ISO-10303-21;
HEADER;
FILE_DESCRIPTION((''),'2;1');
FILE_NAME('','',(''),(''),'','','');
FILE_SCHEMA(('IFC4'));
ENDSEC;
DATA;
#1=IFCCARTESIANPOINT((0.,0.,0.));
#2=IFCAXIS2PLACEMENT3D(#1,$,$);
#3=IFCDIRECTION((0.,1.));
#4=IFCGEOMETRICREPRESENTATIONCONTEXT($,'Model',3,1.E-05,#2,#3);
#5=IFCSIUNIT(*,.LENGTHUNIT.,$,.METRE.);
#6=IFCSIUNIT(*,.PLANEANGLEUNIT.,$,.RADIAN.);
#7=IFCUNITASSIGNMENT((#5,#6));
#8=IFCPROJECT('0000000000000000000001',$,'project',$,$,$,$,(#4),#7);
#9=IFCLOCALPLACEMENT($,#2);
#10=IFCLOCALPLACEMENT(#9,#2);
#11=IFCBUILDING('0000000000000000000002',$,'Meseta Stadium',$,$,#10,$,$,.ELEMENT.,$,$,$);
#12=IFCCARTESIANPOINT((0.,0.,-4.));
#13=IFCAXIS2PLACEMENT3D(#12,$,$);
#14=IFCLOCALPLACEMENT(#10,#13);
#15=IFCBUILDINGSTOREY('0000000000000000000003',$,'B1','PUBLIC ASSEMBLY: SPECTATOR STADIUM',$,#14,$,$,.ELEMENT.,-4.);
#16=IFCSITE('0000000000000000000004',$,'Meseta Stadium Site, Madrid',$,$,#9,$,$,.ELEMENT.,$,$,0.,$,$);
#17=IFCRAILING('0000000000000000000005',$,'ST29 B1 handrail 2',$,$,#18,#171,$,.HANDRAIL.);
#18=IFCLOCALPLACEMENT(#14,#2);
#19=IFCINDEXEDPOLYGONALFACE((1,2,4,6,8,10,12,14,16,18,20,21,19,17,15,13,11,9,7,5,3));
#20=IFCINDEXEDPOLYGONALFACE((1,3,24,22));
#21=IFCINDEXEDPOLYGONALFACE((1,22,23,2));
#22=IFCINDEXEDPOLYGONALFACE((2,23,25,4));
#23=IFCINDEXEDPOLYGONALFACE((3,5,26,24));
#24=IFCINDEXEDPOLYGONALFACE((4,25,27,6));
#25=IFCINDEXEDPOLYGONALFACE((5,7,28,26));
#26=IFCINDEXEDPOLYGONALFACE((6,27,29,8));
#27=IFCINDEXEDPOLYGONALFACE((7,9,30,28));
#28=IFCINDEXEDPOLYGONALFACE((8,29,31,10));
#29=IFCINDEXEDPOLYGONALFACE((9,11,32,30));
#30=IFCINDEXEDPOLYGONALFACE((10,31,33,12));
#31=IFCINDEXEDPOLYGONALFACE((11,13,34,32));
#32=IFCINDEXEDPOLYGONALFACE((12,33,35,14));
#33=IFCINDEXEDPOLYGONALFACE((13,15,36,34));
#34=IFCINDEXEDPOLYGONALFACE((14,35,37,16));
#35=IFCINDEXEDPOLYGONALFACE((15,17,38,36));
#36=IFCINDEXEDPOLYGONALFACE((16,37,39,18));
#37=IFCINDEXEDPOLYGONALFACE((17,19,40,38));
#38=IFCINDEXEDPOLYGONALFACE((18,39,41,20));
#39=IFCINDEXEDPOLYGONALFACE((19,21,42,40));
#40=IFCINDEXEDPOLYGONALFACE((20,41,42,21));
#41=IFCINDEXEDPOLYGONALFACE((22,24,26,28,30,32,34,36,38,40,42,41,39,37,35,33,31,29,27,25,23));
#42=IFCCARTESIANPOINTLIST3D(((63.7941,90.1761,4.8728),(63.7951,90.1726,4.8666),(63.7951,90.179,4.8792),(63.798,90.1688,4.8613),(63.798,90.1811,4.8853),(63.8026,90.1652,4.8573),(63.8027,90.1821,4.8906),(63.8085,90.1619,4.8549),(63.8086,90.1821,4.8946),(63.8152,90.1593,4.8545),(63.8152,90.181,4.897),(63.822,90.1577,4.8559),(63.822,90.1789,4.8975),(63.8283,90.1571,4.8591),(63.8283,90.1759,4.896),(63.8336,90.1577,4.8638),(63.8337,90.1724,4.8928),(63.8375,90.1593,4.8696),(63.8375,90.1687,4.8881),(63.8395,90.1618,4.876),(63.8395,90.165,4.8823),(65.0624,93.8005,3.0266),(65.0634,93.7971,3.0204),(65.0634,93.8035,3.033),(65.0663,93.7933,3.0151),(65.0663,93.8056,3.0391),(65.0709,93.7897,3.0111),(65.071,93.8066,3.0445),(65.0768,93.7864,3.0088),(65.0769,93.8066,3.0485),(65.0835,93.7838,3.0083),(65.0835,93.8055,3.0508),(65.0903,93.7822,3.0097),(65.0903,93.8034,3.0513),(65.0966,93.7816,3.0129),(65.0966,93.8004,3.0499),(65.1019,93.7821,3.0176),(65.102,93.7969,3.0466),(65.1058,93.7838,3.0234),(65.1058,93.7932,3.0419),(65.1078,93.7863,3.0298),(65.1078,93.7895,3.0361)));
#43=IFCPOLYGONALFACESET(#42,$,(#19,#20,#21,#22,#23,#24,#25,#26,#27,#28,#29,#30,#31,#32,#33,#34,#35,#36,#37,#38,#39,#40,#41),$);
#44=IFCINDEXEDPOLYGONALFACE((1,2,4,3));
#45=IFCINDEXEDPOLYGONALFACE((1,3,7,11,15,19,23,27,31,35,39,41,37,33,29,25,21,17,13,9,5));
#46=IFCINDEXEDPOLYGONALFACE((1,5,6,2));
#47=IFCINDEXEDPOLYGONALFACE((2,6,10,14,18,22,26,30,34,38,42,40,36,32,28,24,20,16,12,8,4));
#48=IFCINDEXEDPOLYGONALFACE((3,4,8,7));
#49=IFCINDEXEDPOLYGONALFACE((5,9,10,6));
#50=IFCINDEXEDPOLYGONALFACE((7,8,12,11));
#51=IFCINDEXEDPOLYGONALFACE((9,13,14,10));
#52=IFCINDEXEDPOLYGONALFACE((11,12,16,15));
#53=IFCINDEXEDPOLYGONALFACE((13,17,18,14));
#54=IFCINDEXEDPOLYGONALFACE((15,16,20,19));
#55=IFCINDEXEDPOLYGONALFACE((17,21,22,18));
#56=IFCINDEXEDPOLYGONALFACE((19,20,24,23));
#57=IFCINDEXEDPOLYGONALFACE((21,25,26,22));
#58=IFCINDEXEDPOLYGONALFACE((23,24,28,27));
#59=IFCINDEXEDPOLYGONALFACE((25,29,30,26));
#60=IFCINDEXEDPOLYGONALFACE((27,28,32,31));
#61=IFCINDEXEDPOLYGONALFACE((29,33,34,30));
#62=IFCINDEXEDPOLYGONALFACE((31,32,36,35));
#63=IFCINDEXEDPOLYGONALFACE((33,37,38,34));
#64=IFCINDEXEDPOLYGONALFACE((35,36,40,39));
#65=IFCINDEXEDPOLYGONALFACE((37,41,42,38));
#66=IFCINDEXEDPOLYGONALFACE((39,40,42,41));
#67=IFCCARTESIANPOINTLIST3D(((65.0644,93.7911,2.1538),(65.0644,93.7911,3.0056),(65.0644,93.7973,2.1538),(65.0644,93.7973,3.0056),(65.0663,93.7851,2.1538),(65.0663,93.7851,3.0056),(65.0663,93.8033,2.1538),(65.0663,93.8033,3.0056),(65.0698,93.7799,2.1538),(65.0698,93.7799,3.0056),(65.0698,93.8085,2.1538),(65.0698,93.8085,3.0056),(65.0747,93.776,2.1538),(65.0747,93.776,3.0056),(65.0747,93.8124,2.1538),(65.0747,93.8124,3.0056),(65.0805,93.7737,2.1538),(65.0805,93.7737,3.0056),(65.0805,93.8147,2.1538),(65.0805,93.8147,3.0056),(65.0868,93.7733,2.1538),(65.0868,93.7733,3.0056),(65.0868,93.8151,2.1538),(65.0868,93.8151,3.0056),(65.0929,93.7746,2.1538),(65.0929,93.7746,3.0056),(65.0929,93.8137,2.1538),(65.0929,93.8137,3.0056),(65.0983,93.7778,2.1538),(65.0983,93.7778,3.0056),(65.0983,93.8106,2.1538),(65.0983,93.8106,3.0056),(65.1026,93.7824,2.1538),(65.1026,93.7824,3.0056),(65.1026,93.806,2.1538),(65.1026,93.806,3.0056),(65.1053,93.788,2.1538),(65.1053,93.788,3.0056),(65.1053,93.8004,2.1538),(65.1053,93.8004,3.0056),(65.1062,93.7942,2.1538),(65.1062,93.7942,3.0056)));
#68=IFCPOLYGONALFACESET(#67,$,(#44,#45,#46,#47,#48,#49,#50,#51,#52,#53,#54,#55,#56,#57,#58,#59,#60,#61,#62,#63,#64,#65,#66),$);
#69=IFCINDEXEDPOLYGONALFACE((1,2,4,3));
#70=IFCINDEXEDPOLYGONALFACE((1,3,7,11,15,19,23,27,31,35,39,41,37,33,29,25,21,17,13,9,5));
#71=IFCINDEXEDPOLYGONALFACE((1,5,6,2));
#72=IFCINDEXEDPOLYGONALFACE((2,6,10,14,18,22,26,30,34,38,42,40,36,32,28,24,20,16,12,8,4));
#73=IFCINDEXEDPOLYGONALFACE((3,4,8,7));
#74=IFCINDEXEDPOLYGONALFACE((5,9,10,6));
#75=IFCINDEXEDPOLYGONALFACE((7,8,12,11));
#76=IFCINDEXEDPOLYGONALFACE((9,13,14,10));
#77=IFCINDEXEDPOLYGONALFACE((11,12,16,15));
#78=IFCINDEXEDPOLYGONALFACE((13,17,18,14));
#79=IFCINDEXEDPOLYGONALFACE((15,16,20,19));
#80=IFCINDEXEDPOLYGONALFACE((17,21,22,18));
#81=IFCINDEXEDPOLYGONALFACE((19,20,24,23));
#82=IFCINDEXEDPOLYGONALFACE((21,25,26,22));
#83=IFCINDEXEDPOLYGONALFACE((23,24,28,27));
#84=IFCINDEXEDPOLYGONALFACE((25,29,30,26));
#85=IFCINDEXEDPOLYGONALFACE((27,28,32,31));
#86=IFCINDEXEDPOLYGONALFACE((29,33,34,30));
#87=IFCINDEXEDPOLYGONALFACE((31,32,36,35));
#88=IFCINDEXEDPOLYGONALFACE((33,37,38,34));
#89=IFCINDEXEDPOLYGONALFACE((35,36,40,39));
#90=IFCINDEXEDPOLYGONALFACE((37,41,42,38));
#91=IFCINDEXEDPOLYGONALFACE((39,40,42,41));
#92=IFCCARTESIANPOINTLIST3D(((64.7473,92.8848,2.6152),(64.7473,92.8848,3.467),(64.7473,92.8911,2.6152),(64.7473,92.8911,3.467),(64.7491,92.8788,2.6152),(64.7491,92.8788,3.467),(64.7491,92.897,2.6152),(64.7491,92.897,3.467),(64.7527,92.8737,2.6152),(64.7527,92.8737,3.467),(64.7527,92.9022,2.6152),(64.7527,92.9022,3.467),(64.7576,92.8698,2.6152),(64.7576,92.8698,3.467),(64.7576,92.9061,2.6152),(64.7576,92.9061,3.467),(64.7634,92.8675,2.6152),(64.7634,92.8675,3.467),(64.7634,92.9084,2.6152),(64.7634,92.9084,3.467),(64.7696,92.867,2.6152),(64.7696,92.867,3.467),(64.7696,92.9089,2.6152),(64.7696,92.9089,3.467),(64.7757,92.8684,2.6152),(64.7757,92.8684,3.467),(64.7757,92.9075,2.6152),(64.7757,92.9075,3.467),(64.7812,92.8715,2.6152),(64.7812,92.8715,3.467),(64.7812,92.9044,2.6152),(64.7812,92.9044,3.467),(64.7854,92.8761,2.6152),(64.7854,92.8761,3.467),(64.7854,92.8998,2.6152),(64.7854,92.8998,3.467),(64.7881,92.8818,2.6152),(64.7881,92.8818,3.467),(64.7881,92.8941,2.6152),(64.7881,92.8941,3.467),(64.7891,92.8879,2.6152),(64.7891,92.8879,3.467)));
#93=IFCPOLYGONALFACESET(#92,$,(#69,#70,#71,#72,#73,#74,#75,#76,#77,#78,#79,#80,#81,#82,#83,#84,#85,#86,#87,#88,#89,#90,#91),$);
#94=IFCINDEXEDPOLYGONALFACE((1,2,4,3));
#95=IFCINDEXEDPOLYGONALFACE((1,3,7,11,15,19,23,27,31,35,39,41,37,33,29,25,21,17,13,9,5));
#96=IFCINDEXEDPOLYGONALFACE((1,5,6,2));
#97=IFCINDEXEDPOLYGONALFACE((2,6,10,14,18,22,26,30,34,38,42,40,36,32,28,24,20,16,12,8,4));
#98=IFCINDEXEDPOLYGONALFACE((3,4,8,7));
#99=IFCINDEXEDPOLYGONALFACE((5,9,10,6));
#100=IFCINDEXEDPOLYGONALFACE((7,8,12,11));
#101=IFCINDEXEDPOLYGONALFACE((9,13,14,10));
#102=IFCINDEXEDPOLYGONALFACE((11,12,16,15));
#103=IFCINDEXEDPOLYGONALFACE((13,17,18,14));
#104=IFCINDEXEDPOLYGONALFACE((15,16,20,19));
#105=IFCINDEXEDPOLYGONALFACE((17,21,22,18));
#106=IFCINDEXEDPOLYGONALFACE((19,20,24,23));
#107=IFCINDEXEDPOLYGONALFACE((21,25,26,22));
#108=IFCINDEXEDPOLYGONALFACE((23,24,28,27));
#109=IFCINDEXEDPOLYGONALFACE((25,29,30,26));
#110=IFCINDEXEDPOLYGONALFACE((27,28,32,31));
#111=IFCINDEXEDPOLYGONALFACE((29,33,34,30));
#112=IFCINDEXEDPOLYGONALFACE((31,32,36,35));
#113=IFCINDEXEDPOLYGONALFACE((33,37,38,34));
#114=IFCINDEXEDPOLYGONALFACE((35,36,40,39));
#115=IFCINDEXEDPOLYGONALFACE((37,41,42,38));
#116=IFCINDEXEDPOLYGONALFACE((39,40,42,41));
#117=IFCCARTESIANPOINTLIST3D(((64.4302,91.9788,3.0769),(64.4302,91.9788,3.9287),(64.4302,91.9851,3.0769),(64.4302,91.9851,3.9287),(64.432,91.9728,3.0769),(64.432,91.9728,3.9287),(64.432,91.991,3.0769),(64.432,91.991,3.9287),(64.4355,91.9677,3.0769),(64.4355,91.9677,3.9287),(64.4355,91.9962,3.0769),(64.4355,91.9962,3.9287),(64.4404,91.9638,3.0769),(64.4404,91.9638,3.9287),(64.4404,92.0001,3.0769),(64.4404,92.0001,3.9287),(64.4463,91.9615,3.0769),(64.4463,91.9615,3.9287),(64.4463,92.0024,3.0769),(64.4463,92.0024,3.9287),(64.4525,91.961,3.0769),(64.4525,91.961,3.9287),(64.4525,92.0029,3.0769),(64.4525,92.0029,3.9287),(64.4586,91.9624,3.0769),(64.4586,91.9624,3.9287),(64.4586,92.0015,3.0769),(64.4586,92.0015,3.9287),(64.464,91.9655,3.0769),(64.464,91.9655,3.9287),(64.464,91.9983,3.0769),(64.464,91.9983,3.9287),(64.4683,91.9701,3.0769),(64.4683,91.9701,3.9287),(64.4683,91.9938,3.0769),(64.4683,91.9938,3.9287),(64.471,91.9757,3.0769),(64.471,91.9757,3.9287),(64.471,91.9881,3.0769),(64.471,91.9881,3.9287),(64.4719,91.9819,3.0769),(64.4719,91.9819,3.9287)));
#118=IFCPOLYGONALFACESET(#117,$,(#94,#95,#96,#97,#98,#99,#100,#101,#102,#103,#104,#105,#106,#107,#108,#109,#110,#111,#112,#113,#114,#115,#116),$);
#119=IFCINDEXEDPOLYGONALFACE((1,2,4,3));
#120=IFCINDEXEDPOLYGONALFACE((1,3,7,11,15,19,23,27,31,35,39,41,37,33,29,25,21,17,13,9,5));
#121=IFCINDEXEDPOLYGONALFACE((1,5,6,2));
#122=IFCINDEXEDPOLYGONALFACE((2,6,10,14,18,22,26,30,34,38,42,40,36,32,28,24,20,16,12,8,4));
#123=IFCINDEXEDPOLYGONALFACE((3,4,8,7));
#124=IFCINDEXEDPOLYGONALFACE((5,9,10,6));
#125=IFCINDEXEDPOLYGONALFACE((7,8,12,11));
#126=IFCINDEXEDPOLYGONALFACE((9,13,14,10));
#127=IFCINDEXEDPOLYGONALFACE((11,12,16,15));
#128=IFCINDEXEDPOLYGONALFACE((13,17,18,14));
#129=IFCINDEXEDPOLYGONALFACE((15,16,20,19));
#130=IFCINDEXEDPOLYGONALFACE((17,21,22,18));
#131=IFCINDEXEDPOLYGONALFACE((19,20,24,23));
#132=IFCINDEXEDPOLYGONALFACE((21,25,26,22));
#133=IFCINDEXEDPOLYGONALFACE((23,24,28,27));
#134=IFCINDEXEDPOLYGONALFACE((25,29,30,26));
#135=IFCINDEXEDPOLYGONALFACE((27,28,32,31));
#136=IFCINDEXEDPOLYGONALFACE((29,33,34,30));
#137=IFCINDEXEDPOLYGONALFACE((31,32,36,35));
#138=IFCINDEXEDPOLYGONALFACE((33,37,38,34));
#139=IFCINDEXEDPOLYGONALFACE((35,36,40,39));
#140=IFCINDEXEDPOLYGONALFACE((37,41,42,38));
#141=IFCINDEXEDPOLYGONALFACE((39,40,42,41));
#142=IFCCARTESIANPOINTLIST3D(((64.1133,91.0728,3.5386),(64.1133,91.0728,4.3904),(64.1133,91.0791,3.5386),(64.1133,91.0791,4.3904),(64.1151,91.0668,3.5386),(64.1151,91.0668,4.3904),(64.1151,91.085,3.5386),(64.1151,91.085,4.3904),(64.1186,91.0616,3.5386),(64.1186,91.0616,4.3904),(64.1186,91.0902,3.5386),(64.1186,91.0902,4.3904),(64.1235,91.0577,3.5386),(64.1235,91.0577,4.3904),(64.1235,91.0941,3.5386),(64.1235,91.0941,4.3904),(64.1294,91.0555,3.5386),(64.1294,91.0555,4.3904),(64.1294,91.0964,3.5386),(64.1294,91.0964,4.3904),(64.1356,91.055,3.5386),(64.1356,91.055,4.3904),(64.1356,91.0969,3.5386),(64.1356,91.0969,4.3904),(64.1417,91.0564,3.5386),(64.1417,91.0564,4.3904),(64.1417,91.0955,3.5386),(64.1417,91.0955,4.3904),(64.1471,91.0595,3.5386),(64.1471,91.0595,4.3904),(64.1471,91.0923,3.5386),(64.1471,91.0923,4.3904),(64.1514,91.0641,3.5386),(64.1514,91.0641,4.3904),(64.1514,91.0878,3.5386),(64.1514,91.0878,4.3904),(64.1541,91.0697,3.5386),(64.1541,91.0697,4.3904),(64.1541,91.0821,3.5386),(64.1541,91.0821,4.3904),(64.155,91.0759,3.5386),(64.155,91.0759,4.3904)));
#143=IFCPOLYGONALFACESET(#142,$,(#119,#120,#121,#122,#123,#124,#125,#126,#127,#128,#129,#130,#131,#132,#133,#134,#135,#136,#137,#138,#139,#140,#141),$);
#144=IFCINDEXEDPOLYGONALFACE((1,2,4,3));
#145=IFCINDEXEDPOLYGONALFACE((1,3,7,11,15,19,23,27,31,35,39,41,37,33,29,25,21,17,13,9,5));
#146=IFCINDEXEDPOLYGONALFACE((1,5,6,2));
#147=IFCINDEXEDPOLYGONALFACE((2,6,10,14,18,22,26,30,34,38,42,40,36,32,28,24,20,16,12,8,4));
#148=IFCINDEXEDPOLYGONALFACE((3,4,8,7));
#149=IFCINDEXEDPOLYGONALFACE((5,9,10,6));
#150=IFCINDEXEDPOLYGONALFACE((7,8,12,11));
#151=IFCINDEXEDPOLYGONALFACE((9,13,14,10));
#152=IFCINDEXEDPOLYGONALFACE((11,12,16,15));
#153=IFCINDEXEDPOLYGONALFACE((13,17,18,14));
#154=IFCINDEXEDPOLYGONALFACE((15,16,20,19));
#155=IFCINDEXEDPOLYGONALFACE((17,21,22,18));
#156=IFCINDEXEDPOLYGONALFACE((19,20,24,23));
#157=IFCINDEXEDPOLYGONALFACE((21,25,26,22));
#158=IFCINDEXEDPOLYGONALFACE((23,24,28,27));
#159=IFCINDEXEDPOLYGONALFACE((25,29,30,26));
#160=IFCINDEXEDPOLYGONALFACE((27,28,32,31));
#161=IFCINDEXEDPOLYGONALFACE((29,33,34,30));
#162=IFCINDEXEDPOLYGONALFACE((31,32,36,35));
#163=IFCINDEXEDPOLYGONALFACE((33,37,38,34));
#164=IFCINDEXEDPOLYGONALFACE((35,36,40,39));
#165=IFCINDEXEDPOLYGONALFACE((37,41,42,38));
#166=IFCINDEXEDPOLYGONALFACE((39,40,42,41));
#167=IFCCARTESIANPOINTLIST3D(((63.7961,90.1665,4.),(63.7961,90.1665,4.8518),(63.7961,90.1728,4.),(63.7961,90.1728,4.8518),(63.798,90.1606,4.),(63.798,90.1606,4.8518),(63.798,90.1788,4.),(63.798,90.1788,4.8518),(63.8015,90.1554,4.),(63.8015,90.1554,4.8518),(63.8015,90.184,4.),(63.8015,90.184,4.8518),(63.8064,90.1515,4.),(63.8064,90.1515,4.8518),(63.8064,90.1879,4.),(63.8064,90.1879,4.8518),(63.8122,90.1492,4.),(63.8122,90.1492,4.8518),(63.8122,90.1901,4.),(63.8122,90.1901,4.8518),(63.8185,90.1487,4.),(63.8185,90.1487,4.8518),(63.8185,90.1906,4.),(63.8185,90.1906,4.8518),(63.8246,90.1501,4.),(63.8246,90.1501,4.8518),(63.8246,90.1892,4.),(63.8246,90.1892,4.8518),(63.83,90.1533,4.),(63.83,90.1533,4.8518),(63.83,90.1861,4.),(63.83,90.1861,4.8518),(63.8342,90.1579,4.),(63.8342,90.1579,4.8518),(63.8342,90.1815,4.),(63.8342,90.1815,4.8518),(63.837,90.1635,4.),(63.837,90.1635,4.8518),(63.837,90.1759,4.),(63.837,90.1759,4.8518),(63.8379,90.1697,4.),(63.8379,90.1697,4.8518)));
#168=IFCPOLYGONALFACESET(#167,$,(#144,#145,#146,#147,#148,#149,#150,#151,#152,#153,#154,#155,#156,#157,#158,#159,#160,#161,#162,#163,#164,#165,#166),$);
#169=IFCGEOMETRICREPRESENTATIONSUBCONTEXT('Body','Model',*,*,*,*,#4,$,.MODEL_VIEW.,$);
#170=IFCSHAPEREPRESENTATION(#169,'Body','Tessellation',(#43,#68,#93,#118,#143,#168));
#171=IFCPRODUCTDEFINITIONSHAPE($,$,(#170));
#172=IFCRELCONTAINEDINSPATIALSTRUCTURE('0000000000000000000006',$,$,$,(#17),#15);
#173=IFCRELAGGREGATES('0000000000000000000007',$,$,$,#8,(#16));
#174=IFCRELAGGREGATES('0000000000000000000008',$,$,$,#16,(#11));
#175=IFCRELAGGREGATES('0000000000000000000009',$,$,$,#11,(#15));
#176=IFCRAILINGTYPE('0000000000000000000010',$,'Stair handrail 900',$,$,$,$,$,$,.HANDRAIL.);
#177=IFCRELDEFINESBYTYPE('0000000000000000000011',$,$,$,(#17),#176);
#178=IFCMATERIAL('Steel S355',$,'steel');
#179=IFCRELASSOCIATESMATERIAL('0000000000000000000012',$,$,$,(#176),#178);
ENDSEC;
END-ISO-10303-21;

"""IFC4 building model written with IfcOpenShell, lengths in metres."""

from ifc_helpers import new_model, si_unit, direction, frame, origin, origin_2d, place, context, subcontext, project, spatial, circle, extrude, material, type_object, element, save


model = new_model("IFC4")

# Units and contexts
model_context = context("Model", 3, precision=1e-05, world=origin(), true_north=direction((0.0, 1.0)))
body_context = subcontext(model_context, "Body", "Model", "MODEL_VIEW")
ifc_project = project(units=[si_unit("LENGTHUNIT", "METRE"), si_unit("PLANEANGLEUNIT", "RADIAN")], contexts=[model_context])

# Site, building, storey
site_placement = place(None, origin())
site = spatial("IfcSite", under=ifc_project, at=site_placement, Name="Meseta Stadium Site, Madrid", CompositionType="ELEMENT", RefElevation=0.0)
building_placement = place(site_placement, origin())
building = spatial("IfcBuilding", under=site, at=building_placement, Name="Meseta Stadium", CompositionType="ELEMENT")
storey_placement = place(building_placement, frame((0.0, 0.0, -4.0)))
storey = spatial("IfcBuildingStorey", under=building, at=storey_placement, Name="B1", Description="PUBLIC ASSEMBLY: SPECTATOR STADIUM", CompositionType="ELEMENT", Elevation=-4.0)

# Railing
ifc_material_1 = material(Name="Steel S355", Category="steel")
railing_type_1 = type_object("IfcRailingType", Name="Stair handrail 900", PredefinedType="HANDRAIL", material=ifc_material_1)
railing_1_placement = place(storey_placement, frame((65.0852, 93.7942, 2.1538)))
element("IfcRailing", 1, at=railing_1_placement, inside=storey, type_object=railing_type_1, Name="ST29 B1 handrail 2", PredefinedType="HANDRAIL", context=body_context, shape_type="SweptSolid", body=[
    extrude(circle(Radius=0.0239, at=origin_2d()), frame((0.0, 0.0, 0.876), z_axis=(-0.297672, -0.850672, 0.4333), x_axis=(0.94388, -0.330288, 0.0)), (0.0, 0.0, 1.0), 4.2607),
    extrude(circle(Radius=0.021, at=origin_2d()), origin(), (0.0, 0.0, 1.0), 0.8518),
    extrude(circle(Radius=0.021, at=origin_2d()), frame((-0.3171, -0.9062, 0.4614)), (0.0, 0.0, 1.0), 0.8518),
    extrude(circle(Radius=0.021, at=origin_2d()), frame((-0.6343, -1.8123, 0.9231)), (0.0, 0.0, 1.0), 0.8518),
    extrude(circle(Radius=0.021, at=origin_2d()), frame((-0.9512, -2.7183, 1.3848)), (0.0, 0.0, 1.0), 0.8518),
    extrude(circle(Radius=0.021, at=origin_2d()), frame((-1.2683, -3.6245, 1.8462)), (0.0, 0.0, 1.0), 0.8518),
])

save(model, "model.ifc")
